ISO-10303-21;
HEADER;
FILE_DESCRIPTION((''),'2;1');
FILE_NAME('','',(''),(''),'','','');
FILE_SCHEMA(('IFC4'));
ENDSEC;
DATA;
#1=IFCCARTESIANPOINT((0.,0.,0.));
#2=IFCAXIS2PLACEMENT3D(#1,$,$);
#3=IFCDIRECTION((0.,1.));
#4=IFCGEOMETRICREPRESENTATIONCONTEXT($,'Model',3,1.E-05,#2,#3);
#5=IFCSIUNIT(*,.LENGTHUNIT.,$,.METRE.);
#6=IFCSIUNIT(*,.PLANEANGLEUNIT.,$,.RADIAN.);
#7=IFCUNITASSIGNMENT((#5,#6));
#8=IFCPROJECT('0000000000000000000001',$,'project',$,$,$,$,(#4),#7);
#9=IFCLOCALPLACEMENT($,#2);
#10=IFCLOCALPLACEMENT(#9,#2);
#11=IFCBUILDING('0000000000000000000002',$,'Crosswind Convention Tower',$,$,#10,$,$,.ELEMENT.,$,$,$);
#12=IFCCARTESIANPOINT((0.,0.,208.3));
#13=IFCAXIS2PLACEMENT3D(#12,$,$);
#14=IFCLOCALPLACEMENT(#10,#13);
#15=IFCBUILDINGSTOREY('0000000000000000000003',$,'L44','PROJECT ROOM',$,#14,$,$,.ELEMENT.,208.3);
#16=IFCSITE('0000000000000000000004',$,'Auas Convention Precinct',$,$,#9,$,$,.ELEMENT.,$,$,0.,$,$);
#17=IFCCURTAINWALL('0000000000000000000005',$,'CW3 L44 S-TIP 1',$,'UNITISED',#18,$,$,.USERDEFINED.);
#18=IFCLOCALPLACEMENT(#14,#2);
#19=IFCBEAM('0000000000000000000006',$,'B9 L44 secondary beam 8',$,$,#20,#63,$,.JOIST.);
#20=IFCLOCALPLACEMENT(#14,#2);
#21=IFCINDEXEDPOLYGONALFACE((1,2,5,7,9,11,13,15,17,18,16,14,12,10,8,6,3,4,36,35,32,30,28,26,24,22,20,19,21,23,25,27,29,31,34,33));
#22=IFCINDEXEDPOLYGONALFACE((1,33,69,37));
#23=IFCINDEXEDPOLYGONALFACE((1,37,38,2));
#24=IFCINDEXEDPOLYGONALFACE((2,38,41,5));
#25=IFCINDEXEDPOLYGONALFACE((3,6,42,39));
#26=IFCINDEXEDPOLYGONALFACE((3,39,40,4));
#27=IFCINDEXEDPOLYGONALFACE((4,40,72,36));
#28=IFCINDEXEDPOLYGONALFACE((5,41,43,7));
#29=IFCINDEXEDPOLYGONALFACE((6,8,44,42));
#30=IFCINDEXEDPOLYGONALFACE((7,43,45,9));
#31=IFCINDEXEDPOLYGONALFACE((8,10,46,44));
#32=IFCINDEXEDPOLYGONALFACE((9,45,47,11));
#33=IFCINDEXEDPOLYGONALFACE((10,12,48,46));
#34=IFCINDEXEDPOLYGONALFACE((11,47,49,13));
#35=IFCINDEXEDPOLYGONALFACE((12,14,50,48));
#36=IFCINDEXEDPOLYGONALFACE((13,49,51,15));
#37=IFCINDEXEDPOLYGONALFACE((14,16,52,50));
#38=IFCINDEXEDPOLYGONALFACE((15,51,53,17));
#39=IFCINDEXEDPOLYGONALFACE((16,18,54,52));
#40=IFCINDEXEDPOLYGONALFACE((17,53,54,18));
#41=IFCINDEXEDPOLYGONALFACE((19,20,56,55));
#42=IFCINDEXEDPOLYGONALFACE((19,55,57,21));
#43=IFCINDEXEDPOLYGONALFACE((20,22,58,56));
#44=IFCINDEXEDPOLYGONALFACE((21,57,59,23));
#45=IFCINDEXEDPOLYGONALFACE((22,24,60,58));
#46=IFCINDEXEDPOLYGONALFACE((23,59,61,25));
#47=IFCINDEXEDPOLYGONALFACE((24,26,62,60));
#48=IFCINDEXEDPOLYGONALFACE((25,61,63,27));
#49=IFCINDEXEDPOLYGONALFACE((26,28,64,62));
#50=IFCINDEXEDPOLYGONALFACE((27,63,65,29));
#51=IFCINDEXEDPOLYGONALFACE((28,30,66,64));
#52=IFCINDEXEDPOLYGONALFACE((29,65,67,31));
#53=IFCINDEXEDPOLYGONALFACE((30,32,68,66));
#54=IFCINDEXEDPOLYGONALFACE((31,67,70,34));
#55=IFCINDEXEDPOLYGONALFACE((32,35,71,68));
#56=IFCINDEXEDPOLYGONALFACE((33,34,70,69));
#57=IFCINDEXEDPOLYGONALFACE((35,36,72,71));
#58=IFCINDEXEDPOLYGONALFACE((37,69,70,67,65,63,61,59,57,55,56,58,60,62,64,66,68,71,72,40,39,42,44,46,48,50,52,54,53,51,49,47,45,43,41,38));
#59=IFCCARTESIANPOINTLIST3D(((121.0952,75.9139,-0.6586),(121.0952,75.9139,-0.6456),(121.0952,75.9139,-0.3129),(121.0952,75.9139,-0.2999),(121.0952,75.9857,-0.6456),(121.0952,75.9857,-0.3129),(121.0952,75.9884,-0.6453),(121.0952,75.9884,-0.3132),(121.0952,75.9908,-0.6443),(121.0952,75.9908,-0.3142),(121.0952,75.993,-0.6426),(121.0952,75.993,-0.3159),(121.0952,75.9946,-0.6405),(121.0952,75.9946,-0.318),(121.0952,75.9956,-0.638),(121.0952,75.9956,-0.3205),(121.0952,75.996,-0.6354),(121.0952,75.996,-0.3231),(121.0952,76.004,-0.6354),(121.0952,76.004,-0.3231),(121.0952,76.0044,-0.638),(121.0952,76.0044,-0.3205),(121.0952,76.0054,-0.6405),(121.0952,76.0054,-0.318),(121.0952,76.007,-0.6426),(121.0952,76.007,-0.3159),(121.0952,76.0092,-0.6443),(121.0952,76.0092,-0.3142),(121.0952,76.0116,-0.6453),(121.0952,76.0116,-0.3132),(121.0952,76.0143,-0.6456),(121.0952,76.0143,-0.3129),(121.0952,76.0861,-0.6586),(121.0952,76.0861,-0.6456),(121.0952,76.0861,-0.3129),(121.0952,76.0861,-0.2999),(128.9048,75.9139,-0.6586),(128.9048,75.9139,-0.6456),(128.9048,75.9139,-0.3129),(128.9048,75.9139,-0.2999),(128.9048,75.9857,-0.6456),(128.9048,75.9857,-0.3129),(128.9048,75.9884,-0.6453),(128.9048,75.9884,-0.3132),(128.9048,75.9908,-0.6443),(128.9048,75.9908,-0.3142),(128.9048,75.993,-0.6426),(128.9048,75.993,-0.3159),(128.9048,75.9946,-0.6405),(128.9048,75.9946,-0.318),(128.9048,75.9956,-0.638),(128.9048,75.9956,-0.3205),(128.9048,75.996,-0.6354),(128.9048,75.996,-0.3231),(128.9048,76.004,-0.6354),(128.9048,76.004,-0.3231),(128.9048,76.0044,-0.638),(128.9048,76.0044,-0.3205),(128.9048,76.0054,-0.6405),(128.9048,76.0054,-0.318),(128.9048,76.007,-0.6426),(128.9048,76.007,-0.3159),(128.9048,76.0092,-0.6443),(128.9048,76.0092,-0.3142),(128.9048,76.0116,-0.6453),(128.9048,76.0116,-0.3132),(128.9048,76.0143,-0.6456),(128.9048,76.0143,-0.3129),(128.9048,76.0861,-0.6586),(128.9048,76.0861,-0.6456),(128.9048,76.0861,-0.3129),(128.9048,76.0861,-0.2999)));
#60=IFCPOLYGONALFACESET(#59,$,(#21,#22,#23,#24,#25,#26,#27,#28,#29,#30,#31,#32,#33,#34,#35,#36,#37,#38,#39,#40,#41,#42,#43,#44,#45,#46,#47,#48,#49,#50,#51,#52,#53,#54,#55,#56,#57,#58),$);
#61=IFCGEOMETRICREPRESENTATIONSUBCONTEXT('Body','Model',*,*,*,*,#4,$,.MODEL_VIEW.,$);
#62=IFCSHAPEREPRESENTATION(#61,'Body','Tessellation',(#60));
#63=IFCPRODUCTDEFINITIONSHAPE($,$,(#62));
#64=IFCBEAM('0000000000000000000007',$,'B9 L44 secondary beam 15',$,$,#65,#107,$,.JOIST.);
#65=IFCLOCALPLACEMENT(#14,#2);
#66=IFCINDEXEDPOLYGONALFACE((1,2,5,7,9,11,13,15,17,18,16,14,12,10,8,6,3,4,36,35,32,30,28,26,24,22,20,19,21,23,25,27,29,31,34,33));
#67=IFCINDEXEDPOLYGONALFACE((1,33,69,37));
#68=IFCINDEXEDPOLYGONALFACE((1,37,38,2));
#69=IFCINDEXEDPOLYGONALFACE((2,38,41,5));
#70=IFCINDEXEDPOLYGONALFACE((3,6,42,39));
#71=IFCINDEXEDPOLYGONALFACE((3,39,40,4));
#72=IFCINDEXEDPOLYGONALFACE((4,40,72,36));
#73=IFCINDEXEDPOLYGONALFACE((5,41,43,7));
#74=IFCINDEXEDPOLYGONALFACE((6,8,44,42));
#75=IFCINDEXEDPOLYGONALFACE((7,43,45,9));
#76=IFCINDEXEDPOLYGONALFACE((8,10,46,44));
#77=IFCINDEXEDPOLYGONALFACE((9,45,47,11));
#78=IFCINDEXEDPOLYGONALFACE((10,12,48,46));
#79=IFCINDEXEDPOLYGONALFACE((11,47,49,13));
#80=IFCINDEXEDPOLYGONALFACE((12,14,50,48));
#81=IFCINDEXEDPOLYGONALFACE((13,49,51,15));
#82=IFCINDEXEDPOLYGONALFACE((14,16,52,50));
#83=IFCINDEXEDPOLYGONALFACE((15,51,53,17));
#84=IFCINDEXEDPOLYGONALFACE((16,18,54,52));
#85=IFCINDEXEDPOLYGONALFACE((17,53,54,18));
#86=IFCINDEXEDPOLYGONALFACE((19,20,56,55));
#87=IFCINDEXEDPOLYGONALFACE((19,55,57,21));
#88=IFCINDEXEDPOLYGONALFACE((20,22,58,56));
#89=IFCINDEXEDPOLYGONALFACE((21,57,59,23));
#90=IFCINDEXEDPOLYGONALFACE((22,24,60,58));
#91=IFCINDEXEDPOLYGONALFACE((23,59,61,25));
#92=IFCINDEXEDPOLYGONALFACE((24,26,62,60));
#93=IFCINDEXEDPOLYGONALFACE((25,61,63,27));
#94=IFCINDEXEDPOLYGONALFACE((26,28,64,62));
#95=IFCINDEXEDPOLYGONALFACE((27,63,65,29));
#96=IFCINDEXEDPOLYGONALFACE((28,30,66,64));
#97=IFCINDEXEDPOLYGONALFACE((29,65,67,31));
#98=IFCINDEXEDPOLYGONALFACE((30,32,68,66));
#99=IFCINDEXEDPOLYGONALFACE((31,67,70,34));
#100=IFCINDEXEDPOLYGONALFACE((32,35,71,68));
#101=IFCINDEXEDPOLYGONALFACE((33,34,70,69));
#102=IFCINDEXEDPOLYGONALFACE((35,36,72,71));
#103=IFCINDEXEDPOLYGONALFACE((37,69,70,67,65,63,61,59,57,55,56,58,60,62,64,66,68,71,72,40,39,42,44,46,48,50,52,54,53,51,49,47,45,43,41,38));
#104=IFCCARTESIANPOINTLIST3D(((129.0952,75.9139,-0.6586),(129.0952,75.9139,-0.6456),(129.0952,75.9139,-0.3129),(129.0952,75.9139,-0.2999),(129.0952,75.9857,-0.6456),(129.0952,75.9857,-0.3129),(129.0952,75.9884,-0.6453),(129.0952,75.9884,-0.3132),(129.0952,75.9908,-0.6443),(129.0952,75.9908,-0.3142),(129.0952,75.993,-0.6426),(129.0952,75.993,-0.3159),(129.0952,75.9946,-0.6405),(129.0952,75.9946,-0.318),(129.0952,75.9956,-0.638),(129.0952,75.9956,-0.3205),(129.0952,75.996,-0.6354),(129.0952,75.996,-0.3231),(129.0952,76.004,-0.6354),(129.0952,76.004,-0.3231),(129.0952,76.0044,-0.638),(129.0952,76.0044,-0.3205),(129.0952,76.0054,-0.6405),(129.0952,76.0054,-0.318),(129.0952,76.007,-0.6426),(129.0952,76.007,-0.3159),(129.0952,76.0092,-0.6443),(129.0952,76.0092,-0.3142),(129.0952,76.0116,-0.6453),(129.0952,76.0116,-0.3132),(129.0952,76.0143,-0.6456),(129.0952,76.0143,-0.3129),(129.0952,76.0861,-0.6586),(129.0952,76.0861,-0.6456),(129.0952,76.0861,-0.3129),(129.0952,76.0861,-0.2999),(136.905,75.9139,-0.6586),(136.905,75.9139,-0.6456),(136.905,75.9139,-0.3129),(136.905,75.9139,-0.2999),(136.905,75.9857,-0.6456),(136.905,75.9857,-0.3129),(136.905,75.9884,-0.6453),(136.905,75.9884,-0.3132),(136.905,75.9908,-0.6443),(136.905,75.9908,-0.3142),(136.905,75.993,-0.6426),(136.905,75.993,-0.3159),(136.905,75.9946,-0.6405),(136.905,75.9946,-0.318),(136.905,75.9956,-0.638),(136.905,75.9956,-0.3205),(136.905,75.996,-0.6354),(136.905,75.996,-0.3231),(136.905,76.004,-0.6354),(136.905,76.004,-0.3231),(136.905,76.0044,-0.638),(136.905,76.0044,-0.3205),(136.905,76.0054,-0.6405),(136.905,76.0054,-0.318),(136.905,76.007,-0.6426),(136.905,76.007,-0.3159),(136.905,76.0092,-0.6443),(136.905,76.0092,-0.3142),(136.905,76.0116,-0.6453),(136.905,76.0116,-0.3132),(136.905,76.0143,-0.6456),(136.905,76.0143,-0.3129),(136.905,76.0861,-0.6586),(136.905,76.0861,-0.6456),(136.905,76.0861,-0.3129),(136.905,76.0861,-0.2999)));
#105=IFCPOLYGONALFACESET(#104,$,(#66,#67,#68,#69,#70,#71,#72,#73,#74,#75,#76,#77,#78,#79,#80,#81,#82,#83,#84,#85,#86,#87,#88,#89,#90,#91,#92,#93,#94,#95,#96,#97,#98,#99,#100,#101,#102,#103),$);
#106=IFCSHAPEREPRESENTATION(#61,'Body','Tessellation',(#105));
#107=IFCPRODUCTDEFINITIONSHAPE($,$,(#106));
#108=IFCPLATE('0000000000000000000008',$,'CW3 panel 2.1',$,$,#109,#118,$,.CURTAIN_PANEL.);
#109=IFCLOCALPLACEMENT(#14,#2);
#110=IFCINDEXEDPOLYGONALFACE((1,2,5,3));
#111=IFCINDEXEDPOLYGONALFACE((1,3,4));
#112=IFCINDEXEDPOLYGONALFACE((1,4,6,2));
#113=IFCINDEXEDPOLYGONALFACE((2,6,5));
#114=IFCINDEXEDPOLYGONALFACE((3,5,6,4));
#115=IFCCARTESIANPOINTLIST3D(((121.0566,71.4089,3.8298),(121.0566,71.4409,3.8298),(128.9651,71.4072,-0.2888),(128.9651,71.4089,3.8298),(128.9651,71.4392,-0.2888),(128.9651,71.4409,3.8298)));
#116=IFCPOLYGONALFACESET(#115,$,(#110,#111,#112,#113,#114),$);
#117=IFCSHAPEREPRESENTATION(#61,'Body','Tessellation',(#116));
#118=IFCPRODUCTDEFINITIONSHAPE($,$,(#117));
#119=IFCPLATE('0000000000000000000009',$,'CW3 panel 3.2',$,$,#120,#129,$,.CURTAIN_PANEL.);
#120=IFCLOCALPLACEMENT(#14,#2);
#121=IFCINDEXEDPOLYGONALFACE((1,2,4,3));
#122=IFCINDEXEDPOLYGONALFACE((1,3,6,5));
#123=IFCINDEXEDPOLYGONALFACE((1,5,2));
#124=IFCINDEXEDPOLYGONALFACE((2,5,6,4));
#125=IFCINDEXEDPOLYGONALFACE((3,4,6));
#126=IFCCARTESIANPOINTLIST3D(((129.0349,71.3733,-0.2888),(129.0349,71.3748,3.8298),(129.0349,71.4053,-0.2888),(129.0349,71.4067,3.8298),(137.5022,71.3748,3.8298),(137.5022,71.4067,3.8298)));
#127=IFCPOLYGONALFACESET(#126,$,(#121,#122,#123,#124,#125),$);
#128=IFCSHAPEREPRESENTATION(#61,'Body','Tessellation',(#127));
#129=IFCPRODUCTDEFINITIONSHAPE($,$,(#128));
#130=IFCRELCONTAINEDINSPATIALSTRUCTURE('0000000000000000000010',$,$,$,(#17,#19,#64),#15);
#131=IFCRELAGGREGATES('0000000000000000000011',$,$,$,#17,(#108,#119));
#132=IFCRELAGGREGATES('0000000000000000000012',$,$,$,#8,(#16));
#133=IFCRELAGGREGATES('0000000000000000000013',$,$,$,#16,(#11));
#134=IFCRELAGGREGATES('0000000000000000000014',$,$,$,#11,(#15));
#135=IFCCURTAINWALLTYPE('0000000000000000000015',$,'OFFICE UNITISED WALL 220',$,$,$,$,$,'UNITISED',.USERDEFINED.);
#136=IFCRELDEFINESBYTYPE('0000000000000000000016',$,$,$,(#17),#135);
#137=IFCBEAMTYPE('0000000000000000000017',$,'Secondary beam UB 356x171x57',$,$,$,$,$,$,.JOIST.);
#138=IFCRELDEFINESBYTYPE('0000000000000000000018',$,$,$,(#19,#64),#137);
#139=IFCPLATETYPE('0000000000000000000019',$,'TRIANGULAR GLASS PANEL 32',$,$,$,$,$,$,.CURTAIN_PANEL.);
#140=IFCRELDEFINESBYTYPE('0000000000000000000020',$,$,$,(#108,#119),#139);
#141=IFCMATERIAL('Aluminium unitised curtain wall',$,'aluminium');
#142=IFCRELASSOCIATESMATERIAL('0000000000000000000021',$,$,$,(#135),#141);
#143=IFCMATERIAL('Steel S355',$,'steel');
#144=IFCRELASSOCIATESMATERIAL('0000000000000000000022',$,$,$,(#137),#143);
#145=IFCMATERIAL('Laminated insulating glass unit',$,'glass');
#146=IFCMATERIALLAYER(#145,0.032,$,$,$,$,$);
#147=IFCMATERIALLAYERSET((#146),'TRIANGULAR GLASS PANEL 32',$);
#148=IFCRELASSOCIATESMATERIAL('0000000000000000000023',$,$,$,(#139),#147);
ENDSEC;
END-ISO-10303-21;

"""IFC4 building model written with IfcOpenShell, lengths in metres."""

from ifc_helpers import new_model, si_unit, direction, frame, origin, origin_2d, place, context, subcontext, project, spatial, polyline, i_section, outline, extrude, material, layer, layer_set, material_profile, profile_set, type_object, element, aggregate, save


model = new_model("IFC4")

# Units and contexts
model_context = context("Model", 3, precision=1e-05, world=origin(), true_north=direction((0.0, 1.0)))
body_context = subcontext(model_context, "Body", "Model", "MODEL_VIEW")
ifc_project = project(units=[si_unit("LENGTHUNIT", "METRE"), si_unit("PLANEANGLEUNIT", "RADIAN")], contexts=[model_context])

# Site, building, storey
site_placement = place(None, origin())
site = spatial("IfcSite", under=ifc_project, at=site_placement, Name="Auas Convention Precinct", CompositionType="ELEMENT", RefElevation=0.0)
building_placement = place(site_placement, origin())
building = spatial("IfcBuilding", under=site, at=building_placement, Name="Crosswind Convention Tower", CompositionType="ELEMENT")
storey_placement = place(building_placement, frame((0.0, 0.0, 208.3)))
storey = spatial("IfcBuildingStorey", under=building, at=storey_placement, Name="L44", Description="PROJECT ROOM", CompositionType="ELEMENT", Elevation=208.3)

# Shared definitions
ifc_material_1 = material(Name="Steel S355", Category="steel")

# Curtain wall
ifc_material_2 = material(Name="Aluminium unitised curtain wall", Category="aluminium")
curtain_wall_type = type_object("IfcCurtainWallType", Name="OFFICE UNITISED WALL 220", ElementType="UNITISED", PredefinedType="USERDEFINED", material=ifc_material_2)
curtain_wall_placement = place(storey_placement, origin())
curtain_wall = element("IfcCurtainWall", 1, at=curtain_wall_placement, inside=storey, type_object=curtain_wall_type, Name="CW3 L44 S-TIP 1", ObjectType="UNITISED", PredefinedType="USERDEFINED")

# Beams
ifc_material_profile_1 = material_profile(ifc_material_1, i_section(OverallWidth=0.1721, OverallDepth=0.3586, WebThickness=0.0081, FlangeThickness=0.0129, FilletRadius=0.0103, at=origin_2d()), Name="UB 356x171x57")
ifc_profile_set_1 = profile_set([ifc_material_profile_1], Name="Steel S355")
beam_type_1 = type_object("IfcBeamType", Name="Secondary beam UB 356x171x57", PredefinedType="JOIST", material=ifc_profile_set_1)
beam_1_placement = place(storey_placement, frame((121.0952, 76.0, -0.4792), z_axis=(1.0, 0.0, 0.0), x_axis=(0.0, 1.0, 0.0)))
element("IfcBeam", 2, at=beam_1_placement, inside=storey, type_object=beam_type_1, Name="B9 L44 secondary beam 8", PredefinedType="JOIST", context=body_context, shape_type="SweptSolid", body=[
    extrude(i_section(OverallWidth=0.1721, OverallDepth=0.3586, WebThickness=0.0081, FlangeThickness=0.0129, FilletRadius=0.0103, at=origin_2d()), origin(), (0.0, 0.0, 1.0), 7.8096),
])
beam_2_placement = place(storey_placement, frame((129.0952, 76.0, -0.4792), z_axis=(1.0, 0.0, 0.0), x_axis=(0.0, 1.0, 0.0)))
element("IfcBeam", 3, at=beam_2_placement, inside=storey, type_object=beam_type_1, Name="B9 L44 secondary beam 15", PredefinedType="JOIST", context=body_context, shape_type="SweptSolid", body=[
    extrude(i_section(OverallWidth=0.1721, OverallDepth=0.3586, WebThickness=0.0081, FlangeThickness=0.0129, FilletRadius=0.0103, at=origin_2d()), origin(), (0.0, 0.0, 1.0), 7.8098),
])

# Plates
ifc_material_3 = material(Name="Laminated insulating glass unit", Category="glass")
ifc_layer_1 = layer(ifc_material_3, 0.032)
ifc_layer_set_1 = layer_set([ifc_layer_1], Name="TRIANGULAR GLASS PANEL 32")
plate_type = type_object("IfcPlateType", Name="TRIANGULAR GLASS PANEL 32", PredefinedType="CURTAIN_PANEL", material=ifc_layer_set_1)
plate_1_placement = place(storey_placement, frame((128.9651, 71.4089, 3.8298), z_axis=(0.0, -1.0, 0.000415), x_axis=(-1.0, 0.0, 0.0)))
plate_1 = element("IfcPlate", 4, at=plate_1_placement, type_object=plate_type, Name="CW3 panel 2.1", PredefinedType="CURTAIN_PANEL", context=body_context, shape_type="SweptSolid", body=[
    extrude(outline(polyline([(0.0, 0.0), (7.9084, 0.0), (0.0, 4.1187), (0.0, 0.0)])), origin(), (0.0, 0.0, -1.0), 0.032),
])
plate_2_placement = place(storey_placement, frame((129.0349, 71.3748, 3.8298), z_axis=(0.0, -1.0, 0.000356), x_axis=(0.0, -0.000356, -1.0)))
plate_2 = element("IfcPlate", 5, at=plate_2_placement, type_object=plate_type, Name="CW3 panel 3.2", PredefinedType="CURTAIN_PANEL", context=body_context, shape_type="SweptSolid", body=[
    extrude(outline(polyline([(0.0, 0.0), (4.1187, 0.0), (0.0, 8.4673), (0.0, 0.0)])), origin(), (0.0, 0.0, -1.0), 0.032),
])
aggregate(curtain_wall, [plate_1, plate_2])

save(model, "model.ifc")
